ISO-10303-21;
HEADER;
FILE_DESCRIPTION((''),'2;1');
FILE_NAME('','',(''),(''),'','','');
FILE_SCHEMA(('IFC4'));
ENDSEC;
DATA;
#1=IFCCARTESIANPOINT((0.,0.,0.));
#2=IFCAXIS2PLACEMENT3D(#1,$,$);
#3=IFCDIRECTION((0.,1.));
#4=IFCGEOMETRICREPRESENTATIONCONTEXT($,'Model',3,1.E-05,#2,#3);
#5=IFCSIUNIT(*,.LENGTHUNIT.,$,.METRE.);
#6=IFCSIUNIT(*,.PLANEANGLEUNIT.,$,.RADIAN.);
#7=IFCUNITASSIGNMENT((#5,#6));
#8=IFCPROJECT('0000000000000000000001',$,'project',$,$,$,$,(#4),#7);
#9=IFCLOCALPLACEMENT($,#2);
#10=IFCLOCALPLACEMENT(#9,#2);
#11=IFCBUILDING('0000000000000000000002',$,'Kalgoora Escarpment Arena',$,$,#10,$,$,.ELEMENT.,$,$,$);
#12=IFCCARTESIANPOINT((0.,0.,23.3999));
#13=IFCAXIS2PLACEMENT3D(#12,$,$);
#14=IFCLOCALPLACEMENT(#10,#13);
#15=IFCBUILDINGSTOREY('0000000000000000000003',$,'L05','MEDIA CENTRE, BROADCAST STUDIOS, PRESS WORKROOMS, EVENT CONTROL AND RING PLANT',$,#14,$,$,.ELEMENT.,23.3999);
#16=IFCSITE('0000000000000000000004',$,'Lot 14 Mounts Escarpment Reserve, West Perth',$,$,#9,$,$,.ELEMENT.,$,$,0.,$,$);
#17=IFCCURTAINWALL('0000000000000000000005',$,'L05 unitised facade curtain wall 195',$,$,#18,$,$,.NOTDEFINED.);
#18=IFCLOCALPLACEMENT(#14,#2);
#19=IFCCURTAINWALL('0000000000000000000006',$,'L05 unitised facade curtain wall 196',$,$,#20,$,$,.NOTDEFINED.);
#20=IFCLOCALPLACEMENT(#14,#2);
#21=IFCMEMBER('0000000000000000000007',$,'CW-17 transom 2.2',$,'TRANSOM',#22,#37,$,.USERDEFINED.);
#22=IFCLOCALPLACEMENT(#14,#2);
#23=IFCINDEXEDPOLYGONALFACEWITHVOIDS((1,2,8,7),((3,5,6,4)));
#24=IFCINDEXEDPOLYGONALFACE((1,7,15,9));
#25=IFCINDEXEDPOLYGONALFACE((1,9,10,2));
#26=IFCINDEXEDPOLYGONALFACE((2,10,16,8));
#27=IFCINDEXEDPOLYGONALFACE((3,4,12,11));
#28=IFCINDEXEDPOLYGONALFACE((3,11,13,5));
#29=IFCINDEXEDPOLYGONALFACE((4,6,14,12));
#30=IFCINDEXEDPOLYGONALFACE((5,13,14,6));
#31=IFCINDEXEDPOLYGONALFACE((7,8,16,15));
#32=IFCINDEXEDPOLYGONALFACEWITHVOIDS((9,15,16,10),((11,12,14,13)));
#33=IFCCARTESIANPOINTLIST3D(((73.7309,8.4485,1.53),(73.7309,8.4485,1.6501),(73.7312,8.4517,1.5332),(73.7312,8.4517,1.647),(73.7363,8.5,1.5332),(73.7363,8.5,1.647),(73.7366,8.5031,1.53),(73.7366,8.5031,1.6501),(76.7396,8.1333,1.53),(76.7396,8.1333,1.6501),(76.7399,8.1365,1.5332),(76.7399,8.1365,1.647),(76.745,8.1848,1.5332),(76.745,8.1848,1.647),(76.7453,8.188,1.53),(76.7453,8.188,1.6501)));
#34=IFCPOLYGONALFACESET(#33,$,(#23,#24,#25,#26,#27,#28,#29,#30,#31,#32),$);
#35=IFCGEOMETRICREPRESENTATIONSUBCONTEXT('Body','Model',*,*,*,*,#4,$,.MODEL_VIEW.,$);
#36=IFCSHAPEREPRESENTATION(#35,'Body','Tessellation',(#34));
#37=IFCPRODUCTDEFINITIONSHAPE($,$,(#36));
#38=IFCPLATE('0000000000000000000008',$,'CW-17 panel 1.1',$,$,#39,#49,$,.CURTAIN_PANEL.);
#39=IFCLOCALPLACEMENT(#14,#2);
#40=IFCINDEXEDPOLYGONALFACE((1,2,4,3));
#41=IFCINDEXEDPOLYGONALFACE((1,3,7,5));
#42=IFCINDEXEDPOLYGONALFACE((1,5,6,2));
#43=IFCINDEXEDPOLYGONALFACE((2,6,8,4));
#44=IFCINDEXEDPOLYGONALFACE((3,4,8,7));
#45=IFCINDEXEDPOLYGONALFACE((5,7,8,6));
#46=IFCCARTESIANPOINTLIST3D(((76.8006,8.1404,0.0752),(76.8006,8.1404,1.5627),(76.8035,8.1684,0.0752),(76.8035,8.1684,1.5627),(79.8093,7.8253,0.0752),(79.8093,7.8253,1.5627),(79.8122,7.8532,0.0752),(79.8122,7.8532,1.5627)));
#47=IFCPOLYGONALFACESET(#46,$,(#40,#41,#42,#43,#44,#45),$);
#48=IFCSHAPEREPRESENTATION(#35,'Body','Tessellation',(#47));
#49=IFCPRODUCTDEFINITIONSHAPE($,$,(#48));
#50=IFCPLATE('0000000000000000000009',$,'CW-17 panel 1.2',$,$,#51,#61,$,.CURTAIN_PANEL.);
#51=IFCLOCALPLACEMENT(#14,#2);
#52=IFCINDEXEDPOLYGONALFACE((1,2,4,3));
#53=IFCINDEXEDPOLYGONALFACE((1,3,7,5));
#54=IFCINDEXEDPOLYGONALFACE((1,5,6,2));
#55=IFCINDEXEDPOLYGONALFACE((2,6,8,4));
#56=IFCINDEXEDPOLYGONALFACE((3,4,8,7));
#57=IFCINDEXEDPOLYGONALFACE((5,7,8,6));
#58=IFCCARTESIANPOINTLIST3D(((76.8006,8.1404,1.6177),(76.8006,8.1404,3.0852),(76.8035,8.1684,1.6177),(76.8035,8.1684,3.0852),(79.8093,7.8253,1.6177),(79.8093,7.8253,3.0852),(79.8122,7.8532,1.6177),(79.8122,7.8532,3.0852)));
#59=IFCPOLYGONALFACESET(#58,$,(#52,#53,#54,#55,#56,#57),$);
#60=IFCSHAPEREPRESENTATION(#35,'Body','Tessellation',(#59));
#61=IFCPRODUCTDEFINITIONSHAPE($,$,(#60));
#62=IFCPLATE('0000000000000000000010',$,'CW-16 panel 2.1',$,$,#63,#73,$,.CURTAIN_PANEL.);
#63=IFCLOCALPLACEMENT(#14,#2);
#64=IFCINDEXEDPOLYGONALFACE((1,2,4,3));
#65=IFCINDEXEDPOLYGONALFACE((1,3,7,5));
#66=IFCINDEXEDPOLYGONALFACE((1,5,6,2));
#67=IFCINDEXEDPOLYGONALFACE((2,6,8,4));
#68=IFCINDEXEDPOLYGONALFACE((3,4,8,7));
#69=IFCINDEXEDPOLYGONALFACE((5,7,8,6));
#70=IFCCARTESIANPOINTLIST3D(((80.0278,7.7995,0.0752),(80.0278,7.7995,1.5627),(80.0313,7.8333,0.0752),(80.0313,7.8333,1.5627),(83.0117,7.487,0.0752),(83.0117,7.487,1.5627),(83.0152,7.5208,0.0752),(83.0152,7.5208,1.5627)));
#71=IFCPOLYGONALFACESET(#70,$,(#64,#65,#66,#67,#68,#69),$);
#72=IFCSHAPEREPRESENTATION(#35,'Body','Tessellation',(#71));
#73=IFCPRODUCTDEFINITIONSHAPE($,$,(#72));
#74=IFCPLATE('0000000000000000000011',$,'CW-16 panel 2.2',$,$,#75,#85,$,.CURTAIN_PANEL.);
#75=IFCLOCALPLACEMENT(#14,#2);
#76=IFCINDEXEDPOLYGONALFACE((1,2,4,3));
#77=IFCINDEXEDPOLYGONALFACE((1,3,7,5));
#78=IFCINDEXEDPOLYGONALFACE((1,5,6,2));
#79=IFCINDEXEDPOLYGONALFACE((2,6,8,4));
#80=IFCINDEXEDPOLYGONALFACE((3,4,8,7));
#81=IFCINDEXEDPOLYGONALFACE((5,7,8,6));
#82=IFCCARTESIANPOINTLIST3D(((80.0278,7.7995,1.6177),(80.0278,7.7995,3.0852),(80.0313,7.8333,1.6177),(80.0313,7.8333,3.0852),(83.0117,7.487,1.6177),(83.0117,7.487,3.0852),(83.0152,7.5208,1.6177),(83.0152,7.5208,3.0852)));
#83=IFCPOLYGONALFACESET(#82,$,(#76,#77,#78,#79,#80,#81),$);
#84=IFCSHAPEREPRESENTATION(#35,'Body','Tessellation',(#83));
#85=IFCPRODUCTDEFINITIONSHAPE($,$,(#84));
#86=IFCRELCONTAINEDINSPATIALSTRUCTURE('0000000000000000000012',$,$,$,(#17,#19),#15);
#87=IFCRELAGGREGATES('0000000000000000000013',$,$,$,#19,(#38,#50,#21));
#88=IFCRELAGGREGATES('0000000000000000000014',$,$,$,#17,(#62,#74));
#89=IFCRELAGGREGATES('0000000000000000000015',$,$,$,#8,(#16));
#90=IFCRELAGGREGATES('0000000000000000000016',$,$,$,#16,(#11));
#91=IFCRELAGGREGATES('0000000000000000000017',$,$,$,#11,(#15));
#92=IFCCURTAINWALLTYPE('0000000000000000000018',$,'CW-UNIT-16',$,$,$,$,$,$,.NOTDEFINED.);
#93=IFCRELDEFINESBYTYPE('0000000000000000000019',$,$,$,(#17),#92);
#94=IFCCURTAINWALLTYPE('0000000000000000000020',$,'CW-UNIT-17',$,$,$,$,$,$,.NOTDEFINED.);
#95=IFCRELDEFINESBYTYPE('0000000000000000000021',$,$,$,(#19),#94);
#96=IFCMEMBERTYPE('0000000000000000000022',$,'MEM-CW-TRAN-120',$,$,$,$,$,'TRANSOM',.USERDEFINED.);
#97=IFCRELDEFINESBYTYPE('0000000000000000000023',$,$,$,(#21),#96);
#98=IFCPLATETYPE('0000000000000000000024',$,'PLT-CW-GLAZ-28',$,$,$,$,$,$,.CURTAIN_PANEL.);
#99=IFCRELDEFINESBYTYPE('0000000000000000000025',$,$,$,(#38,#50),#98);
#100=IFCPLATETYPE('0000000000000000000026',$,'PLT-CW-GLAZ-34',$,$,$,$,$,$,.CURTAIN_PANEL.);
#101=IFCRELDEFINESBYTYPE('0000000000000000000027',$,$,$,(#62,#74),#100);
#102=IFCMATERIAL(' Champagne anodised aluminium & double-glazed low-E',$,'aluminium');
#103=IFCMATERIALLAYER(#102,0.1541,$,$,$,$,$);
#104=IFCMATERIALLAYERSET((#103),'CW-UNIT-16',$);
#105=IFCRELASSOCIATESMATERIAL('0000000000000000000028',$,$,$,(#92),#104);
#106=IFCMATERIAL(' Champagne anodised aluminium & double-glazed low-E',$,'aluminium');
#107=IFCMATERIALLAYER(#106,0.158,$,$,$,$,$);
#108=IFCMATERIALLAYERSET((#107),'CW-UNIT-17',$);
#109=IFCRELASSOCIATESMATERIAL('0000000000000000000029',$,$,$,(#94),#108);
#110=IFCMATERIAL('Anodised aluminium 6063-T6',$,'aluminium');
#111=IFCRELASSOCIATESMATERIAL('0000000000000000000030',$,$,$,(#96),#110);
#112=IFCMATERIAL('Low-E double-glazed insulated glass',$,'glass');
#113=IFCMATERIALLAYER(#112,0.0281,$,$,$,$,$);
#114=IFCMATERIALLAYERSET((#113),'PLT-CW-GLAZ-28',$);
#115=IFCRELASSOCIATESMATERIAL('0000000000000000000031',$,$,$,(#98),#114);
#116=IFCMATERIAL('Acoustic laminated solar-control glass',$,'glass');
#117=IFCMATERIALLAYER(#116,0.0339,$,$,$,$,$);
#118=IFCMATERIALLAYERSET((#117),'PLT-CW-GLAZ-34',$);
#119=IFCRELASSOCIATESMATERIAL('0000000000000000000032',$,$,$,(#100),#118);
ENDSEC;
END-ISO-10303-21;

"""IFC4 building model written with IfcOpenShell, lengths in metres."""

from ifc_helpers import new_model, si_unit, direction, frame, origin, origin_2d, place, context, subcontext, project, spatial, rectangle, hollow_rectangle, extrude, material, layer, layer_set, material_profile, profile_set, type_object, element, aggregate, save


model = new_model("IFC4")

# Units and contexts
model_context = context("Model", 3, precision=1e-05, world=origin(), true_north=direction((0.0, 1.0)))
body_context = subcontext(model_context, "Body", "Model", "MODEL_VIEW")
ifc_project = project(units=[si_unit("LENGTHUNIT", "METRE"), si_unit("PLANEANGLEUNIT", "RADIAN")], contexts=[model_context])

# Site, building, storey
site_placement = place(None, origin())
site = spatial("IfcSite", under=ifc_project, at=site_placement, Name="Lot 14 Mounts Escarpment Reserve, West Perth", CompositionType="ELEMENT", RefElevation=0.0)
building_placement = place(site_placement, origin())
building = spatial("IfcBuilding", under=site, at=building_placement, Name="Kalgoora Escarpment Arena", CompositionType="ELEMENT")
storey_placement = place(building_placement, frame((0.0, 0.0, 23.3999)))
storey = spatial("IfcBuildingStorey", under=building, at=storey_placement, Name="L05", Description="MEDIA CENTRE, BROADCAST STUDIOS, PRESS WORKROOMS, EVENT CONTROL AND RING PLANT", CompositionType="ELEMENT", Elevation=23.3999)

# Curtain walls
ifc_material_1 = material(Name=" Champagne anodised aluminium & double-glazed low-E", Category="aluminium")
ifc_layer_1 = layer(ifc_material_1, 0.1541)
ifc_layer_set_1 = layer_set([ifc_layer_1], Name="CW-UNIT-16")
curtain_wall_type_1 = type_object("IfcCurtainWallType", Name="CW-UNIT-16", PredefinedType="NOTDEFINED", material=ifc_layer_set_1)
curtain_wall_1_placement = place(storey_placement, origin())
curtain_wall_1 = element("IfcCurtainWall", 1, at=curtain_wall_1_placement, inside=storey, type_object=curtain_wall_type_1, Name="L05 unitised facade curtain wall 195", PredefinedType="NOTDEFINED")
ifc_material_2 = material(Name=" Champagne anodised aluminium & double-glazed low-E", Category="aluminium")
ifc_layer_2 = layer(ifc_material_2, 0.158)
ifc_layer_set_2 = layer_set([ifc_layer_2], Name="CW-UNIT-17")
curtain_wall_type_2 = type_object("IfcCurtainWallType", Name="CW-UNIT-17", PredefinedType="NOTDEFINED", material=ifc_layer_set_2)
curtain_wall_2_placement = place(storey_placement, origin())
curtain_wall_2 = element("IfcCurtainWall", 2, at=curtain_wall_2_placement, inside=storey, type_object=curtain_wall_type_2, Name="L05 unitised facade curtain wall 196", PredefinedType="NOTDEFINED")

# Member
ifc_material_3 = material(Name="Anodised aluminium 6063-T6", Category="aluminium")
ifc_material_profile_1 = material_profile(ifc_material_3, hollow_rectangle(XDim=0.0549, YDim=0.1201, WallThickness=0.0032, at=origin_2d()))
ifc_profile_set_1 = profile_set([ifc_material_profile_1], Name="Anodised aluminium 6063-T6")
member_type_1 = type_object("IfcMemberType", Name="MEM-CW-TRAN-120", ElementType="TRANSOM", PredefinedType="USERDEFINED", material=ifc_profile_set_1)
member_1_placement = place(storey_placement, frame((76.7424, 8.1606, 1.5901), z_axis=(-0.994558, 0.104185, 0.0), x_axis=(-0.104185, -0.994558, 0.0)))
member_1 = element("IfcMember", 3, at=member_1_placement, type_object=member_type_1, Name="CW-17 transom 2.2", ObjectType="TRANSOM", PredefinedType="USERDEFINED", context=body_context, shape_type="SweptSolid", body=[
    extrude(hollow_rectangle(XDim=0.0549, YDim=0.1201, WallThickness=0.0032, at=origin_2d()), origin(), (0.0, 0.0, 1.0), 3.0251),
])

# Plates
ifc_material_4 = material(Name="Low-E double-glazed insulated glass", Category="glass")
ifc_layer_3 = layer(ifc_material_4, 0.0281)
ifc_layer_set_3 = layer_set([ifc_layer_3], Name="PLT-CW-GLAZ-28")
plate_type_1 = type_object("IfcPlateType", Name="PLT-CW-GLAZ-28", PredefinedType="CURTAIN_PANEL", material=ifc_layer_set_3)
plate_1_placement = place(storey_placement, frame((78.3064, 7.9968, 0.0752), z_axis=(0.0, 0.0, 1.0), x_axis=(-0.99456, 0.104168, 0.0)))
plate_1 = element("IfcPlate", 4, at=plate_1_placement, type_object=plate_type_1, Name="CW-17 panel 1.1", PredefinedType="CURTAIN_PANEL", context=body_context, shape_type="SweptSolid", body=[
    extrude(rectangle(XDim=3.0251, YDim=0.0281, at=origin_2d()), origin(), (0.0, 0.0, 1.0), 1.4875),
])
plate_2_placement = place(storey_placement, frame((78.3064, 7.9968, 1.6177), z_axis=(0.0, 0.0, 1.0), x_axis=(-0.99456, 0.104168, 0.0)))
plate_2 = element("IfcPlate", 5, at=plate_2_placement, type_object=plate_type_1, Name="CW-17 panel 1.2", PredefinedType="CURTAIN_PANEL", context=body_context, shape_type="SweptSolid", body=[
    extrude(rectangle(XDim=3.0251, YDim=0.0281, at=origin_2d()), origin(), (0.0, 0.0, 1.0), 1.4675),
])
aggregate(curtain_wall_2, [plate_1, plate_2, member_1])
ifc_material_5 = material(Name="Acoustic laminated solar-control glass", Category="glass")
ifc_layer_4 = layer(ifc_material_5, 0.0339)
ifc_layer_set_4 = layer_set([ifc_layer_4], Name="PLT-CW-GLAZ-34")
plate_type_2 = type_object("IfcPlateType", Name="PLT-CW-GLAZ-34", PredefinedType="CURTAIN_PANEL", material=ifc_layer_set_4)
plate_3_placement = place(storey_placement, frame((81.5215, 7.6602, 0.0752), z_axis=(0.0, 0.0, 1.0), x_axis=(-0.99456, 0.104169, 0.0)))
plate_3 = element("IfcPlate", 6, at=plate_3_placement, type_object=plate_type_2, Name="CW-16 panel 2.1", PredefinedType="CURTAIN_PANEL", context=body_context, shape_type="SweptSolid", body=[
    extrude(rectangle(XDim=3.0002, YDim=0.0339, at=origin_2d()), origin(), (0.0, 0.0, 1.0), 1.4875),
])
plate_4_placement = place(storey_placement, frame((81.5215, 7.6602, 1.6177), z_axis=(0.0, 0.0, 1.0), x_axis=(-0.99456, 0.104169, 0.0)))
plate_4 = element("IfcPlate", 7, at=plate_4_placement, type_object=plate_type_2, Name="CW-16 panel 2.2", PredefinedType="CURTAIN_PANEL", context=body_context, shape_type="SweptSolid", body=[
    extrude(rectangle(XDim=3.0002, YDim=0.0339, at=origin_2d()), origin(), (0.0, 0.0, 1.0), 1.4675),
])
aggregate(curtain_wall_1, [plate_3, plate_4])

save(model, "model.ifc")
